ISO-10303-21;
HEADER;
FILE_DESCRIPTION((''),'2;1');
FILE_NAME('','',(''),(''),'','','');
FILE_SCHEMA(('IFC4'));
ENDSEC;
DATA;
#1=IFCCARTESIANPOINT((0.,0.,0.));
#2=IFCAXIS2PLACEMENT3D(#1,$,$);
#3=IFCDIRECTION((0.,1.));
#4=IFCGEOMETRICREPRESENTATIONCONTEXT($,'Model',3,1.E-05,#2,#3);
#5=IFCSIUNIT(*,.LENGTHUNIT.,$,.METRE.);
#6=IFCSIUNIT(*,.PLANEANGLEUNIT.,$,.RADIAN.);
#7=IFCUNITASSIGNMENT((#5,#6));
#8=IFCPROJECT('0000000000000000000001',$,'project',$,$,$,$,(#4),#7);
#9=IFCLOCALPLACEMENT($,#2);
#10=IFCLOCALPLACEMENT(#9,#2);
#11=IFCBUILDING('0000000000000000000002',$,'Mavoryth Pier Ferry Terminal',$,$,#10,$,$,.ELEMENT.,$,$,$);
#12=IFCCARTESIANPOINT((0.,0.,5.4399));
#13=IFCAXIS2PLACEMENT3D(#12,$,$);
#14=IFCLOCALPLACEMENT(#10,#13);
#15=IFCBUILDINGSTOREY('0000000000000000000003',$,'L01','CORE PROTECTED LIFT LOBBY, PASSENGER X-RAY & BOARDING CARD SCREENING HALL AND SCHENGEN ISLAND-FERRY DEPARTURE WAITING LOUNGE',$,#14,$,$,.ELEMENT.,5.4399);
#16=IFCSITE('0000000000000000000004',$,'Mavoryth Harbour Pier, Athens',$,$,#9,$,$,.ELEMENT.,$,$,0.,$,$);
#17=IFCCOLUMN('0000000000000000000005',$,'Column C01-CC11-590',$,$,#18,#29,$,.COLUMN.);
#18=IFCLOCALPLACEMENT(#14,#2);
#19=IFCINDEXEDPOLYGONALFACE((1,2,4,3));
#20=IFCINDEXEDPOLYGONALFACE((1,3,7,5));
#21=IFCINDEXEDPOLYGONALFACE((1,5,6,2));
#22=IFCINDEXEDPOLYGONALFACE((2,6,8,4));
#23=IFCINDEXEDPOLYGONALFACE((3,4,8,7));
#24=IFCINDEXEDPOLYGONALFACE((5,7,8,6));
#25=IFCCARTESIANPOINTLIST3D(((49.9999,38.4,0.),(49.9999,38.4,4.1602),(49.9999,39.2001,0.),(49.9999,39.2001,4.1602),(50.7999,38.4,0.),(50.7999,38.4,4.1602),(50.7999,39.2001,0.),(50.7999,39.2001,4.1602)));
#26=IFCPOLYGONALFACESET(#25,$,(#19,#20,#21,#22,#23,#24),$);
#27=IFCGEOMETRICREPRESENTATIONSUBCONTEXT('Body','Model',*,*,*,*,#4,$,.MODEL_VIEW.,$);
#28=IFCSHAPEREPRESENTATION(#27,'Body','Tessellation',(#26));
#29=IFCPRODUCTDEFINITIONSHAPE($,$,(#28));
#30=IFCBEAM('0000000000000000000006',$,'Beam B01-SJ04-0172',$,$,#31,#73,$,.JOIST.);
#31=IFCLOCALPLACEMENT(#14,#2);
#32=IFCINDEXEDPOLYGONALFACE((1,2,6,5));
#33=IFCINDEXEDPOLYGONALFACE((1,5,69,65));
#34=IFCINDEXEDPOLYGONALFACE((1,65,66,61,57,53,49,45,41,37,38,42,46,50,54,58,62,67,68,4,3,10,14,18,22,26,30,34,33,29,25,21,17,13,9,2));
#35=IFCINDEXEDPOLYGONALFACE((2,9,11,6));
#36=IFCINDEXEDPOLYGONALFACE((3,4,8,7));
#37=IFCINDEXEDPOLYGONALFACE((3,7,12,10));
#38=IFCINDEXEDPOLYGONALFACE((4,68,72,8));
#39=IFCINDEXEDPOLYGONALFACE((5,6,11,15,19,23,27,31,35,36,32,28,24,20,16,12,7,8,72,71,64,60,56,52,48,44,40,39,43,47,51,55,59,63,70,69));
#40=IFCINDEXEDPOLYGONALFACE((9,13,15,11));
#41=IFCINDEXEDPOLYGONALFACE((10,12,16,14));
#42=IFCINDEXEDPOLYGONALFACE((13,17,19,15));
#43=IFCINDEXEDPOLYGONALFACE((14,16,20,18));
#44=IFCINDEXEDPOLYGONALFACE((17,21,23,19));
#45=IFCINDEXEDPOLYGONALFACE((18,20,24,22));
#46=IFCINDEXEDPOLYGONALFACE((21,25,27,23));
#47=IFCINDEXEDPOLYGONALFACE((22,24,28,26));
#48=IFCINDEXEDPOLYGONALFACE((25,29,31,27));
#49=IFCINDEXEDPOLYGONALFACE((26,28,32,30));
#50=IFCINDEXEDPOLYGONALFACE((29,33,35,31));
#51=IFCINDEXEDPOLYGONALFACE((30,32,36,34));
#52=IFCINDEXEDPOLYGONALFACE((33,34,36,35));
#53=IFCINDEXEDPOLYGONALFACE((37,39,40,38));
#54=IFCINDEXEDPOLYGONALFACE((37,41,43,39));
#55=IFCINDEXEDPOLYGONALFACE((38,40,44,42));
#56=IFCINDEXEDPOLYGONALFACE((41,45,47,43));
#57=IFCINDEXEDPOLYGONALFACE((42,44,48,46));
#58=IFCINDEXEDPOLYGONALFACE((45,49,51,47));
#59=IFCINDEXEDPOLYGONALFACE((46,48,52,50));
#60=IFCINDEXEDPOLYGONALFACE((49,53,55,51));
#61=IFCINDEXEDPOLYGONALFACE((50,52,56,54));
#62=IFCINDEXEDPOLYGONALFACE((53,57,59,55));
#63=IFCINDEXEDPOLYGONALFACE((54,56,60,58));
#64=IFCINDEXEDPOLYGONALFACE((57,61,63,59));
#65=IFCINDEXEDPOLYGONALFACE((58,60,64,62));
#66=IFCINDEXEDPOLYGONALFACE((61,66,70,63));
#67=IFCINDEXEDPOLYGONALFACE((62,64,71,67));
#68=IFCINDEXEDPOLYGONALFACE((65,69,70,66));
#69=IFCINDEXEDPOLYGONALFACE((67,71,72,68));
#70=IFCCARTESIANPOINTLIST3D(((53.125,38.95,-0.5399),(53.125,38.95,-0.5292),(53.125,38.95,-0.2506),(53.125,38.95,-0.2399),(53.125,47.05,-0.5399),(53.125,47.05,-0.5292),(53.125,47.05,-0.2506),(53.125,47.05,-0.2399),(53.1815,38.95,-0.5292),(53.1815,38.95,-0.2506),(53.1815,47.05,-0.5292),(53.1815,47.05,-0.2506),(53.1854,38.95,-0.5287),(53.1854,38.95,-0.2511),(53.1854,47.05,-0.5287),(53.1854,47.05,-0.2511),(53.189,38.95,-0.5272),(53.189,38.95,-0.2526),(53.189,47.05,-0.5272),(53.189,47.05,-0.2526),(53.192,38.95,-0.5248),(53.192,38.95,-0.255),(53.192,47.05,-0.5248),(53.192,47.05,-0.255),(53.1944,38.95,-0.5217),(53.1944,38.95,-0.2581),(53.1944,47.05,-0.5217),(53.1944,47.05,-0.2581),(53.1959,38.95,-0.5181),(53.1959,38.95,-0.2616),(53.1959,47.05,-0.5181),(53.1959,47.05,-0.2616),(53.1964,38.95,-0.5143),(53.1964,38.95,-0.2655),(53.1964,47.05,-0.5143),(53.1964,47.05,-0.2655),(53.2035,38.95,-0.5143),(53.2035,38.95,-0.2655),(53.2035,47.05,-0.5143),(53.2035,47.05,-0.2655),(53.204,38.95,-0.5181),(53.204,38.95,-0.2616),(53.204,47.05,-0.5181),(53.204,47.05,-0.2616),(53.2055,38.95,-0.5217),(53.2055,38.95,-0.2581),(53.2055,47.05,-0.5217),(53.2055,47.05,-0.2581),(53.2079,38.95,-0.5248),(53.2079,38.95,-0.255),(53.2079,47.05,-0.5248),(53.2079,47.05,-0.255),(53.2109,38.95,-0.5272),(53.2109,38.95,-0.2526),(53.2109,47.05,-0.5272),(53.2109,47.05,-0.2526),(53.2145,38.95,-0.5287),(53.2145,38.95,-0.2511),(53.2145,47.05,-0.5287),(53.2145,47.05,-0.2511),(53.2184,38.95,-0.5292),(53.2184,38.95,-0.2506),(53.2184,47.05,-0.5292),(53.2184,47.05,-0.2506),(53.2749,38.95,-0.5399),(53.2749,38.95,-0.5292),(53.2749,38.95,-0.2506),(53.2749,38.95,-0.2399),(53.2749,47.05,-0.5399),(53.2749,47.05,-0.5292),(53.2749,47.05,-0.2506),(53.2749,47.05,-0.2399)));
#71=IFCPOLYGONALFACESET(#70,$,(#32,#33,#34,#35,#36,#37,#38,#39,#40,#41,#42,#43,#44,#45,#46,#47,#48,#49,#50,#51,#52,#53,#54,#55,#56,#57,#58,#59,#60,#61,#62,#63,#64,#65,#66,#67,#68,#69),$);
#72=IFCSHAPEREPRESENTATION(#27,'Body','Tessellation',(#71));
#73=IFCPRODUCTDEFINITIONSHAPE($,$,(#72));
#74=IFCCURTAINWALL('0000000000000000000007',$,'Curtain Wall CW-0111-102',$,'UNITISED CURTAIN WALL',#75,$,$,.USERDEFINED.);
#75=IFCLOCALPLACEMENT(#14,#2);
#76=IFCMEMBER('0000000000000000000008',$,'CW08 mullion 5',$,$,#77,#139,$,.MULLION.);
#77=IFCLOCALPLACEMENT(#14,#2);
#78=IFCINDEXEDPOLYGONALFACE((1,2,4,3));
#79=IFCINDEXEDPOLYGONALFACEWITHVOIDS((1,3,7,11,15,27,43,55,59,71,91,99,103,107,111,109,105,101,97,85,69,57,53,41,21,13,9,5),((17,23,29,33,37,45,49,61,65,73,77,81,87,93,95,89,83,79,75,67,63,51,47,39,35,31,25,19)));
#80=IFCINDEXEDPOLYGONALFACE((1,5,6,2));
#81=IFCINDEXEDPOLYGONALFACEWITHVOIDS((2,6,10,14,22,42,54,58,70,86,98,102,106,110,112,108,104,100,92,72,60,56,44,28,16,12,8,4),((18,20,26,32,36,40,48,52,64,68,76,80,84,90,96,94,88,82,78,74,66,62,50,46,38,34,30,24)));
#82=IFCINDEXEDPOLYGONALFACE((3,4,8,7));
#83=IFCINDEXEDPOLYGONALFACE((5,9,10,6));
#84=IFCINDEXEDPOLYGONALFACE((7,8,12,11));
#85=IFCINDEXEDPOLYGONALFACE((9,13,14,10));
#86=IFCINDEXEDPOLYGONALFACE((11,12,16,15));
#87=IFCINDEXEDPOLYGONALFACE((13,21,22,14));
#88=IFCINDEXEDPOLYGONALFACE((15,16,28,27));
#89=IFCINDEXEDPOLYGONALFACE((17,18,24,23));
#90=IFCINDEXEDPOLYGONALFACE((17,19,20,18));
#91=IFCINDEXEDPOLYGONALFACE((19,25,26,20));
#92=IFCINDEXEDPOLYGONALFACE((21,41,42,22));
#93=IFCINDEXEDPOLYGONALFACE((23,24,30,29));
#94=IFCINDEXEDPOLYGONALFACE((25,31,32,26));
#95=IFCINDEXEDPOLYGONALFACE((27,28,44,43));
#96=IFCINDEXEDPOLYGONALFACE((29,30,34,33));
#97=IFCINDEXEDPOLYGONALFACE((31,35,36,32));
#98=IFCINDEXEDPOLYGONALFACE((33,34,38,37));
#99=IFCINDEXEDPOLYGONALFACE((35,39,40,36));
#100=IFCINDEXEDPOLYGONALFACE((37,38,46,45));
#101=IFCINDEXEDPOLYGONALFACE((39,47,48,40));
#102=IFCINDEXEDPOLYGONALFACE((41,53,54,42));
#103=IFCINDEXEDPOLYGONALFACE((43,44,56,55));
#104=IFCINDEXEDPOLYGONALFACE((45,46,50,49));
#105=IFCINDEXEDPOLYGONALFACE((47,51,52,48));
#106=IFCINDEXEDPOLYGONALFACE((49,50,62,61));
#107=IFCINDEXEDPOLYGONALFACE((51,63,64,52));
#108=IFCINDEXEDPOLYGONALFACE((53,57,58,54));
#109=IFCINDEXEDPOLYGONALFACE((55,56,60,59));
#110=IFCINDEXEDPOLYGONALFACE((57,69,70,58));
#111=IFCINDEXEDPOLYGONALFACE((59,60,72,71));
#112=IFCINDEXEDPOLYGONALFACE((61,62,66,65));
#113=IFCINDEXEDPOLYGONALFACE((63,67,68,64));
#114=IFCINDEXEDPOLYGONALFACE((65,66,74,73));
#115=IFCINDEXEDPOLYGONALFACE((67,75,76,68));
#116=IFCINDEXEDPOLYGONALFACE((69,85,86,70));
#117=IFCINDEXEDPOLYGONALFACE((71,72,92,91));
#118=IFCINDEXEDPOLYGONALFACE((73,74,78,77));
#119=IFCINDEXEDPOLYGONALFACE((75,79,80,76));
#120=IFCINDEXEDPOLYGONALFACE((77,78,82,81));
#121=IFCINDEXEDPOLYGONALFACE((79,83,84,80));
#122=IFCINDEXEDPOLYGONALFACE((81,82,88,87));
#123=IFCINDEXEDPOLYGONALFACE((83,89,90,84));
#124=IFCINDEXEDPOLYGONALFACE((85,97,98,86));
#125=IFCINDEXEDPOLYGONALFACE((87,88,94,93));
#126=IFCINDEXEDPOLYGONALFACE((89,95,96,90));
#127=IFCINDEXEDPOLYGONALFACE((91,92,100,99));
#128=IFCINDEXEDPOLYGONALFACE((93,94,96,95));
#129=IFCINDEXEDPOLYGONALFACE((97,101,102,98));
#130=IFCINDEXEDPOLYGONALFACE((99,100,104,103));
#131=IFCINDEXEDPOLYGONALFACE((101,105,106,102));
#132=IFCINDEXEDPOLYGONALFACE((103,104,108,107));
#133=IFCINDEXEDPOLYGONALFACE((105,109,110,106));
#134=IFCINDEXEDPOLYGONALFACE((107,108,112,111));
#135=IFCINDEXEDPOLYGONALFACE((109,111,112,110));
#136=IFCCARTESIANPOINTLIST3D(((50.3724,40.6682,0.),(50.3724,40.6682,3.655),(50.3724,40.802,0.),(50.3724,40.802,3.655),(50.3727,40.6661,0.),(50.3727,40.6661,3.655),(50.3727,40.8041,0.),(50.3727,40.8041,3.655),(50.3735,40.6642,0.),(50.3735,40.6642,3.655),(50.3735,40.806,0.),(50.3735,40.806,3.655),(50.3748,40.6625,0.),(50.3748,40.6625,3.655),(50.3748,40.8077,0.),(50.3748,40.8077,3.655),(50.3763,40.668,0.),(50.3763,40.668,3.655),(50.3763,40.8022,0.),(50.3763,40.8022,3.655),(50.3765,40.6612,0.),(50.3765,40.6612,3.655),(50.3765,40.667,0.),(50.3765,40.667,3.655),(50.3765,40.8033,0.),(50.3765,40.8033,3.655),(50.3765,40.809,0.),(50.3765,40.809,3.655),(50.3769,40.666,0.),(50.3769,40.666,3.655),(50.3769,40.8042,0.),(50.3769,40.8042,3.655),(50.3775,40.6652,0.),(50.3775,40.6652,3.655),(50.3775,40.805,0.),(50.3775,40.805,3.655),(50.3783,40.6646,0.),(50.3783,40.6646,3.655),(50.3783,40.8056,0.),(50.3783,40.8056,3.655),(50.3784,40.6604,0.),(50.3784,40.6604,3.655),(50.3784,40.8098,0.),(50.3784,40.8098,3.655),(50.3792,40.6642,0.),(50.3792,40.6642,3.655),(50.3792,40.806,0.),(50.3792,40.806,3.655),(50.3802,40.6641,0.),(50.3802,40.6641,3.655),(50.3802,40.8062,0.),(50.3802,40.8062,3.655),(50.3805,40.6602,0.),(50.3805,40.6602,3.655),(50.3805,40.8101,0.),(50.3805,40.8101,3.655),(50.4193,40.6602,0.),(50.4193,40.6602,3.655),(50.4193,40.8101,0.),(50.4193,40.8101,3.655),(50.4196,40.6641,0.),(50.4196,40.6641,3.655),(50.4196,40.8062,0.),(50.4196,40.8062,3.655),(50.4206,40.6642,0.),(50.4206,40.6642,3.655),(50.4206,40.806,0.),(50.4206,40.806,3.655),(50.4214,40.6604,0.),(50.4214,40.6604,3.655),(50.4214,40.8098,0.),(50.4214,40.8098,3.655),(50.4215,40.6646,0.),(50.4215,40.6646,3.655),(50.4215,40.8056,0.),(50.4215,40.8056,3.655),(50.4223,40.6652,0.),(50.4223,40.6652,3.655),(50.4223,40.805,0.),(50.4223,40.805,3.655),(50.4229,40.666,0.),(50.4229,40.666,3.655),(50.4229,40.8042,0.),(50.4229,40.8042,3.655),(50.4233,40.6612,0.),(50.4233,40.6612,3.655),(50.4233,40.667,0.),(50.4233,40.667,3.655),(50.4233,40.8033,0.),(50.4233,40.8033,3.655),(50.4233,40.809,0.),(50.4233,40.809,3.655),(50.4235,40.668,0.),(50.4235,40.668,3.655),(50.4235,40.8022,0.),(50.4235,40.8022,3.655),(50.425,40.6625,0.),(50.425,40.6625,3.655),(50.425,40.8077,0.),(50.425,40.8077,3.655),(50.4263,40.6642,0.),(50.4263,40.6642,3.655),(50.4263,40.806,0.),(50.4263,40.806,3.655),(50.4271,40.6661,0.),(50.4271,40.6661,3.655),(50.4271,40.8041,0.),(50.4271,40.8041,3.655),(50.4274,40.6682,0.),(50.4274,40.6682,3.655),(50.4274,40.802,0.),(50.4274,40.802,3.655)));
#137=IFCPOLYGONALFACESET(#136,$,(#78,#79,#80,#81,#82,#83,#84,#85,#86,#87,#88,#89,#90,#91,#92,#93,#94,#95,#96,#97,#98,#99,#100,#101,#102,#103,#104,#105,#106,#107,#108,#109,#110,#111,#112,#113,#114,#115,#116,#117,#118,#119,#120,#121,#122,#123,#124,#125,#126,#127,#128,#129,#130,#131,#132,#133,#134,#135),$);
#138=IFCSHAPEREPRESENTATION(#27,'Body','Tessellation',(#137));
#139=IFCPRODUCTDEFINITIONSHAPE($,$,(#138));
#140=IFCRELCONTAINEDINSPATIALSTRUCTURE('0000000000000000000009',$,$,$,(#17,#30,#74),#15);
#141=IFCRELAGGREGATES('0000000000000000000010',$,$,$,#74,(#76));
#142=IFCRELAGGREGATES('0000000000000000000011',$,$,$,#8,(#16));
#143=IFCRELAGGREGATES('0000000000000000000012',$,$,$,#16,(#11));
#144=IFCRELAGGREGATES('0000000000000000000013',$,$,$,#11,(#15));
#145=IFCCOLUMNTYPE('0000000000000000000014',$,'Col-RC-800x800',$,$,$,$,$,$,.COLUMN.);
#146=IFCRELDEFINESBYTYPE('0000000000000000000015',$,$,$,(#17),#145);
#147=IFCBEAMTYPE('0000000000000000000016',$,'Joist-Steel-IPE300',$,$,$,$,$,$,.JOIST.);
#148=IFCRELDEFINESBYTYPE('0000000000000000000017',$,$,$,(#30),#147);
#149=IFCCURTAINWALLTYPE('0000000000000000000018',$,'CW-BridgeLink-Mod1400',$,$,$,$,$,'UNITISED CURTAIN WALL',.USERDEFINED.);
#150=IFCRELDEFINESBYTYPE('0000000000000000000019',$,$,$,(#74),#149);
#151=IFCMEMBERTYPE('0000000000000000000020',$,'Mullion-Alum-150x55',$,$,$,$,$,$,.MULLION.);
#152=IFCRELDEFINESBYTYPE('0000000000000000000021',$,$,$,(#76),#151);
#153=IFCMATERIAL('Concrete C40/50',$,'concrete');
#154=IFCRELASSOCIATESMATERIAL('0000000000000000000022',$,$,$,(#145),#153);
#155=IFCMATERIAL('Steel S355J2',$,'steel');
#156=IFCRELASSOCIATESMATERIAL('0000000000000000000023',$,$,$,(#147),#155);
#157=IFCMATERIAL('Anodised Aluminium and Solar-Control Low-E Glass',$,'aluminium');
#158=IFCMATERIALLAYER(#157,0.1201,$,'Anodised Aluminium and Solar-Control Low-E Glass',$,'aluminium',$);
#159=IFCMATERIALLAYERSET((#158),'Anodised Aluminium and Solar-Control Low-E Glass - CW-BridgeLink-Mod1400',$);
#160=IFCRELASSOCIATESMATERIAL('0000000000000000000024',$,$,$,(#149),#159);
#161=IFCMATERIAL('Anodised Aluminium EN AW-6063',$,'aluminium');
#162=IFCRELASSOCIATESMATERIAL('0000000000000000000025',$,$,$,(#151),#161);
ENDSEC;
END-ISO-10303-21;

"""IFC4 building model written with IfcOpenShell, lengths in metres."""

from ifc_helpers import new_model, si_unit, direction, frame, origin, origin_2d, place, context, subcontext, project, spatial, rectangle, hollow_rectangle, i_section, extrude, material, layer, layer_set, material_profile, profile_set, type_object, element, aggregate, save


model = new_model("IFC4")

# Units and contexts
model_context = context("Model", 3, precision=1e-05, world=origin(), true_north=direction((0.0, 1.0)))
body_context = subcontext(model_context, "Body", "Model", "MODEL_VIEW")
ifc_project = project(units=[si_unit("LENGTHUNIT", "METRE"), si_unit("PLANEANGLEUNIT", "RADIAN")], contexts=[model_context])

# Site, building, storey
site_placement = place(None, origin())
site = spatial("IfcSite", under=ifc_project, at=site_placement, Name="Mavoryth Harbour Pier, Athens", CompositionType="ELEMENT", RefElevation=0.0)
building_placement = place(site_placement, origin())
building = spatial("IfcBuilding", under=site, at=building_placement, Name="Mavoryth Pier Ferry Terminal", CompositionType="ELEMENT")
storey_placement = place(building_placement, frame((0.0, 0.0, 5.4399)))
storey = spatial("IfcBuildingStorey", under=building, at=storey_placement, Name="L01", Description="CORE PROTECTED LIFT LOBBY, PASSENGER X-RAY & BOARDING CARD SCREENING HALL AND SCHENGEN ISLAND-FERRY DEPARTURE WAITING LOUNGE", CompositionType="ELEMENT", Elevation=5.4399)

# Column
ifc_material_1 = material(Name="Concrete C40/50", Category="concrete")
ifc_material_profile_1 = material_profile(ifc_material_1, rectangle(XDim=0.8, YDim=0.8, at=origin_2d()), Name="RC 800x800", Category="concrete")
ifc_profile_set_1 = profile_set([ifc_material_profile_1], Name="Concrete C40/50 - RC 800x800")
column_type = type_object("IfcColumnType", Name="Col-RC-800x800", PredefinedType="COLUMN", material=ifc_profile_set_1)
column_placement = place(storey_placement, frame((50.3999, 38.8, 0.0), z_axis=(0.0, 0.0, 1.0), x_axis=(1.0, 0.0, 0.0)))
element("IfcColumn", 1, at=column_placement, inside=storey, type_object=column_type, Name="Column C01-CC11-590", PredefinedType="COLUMN", context=body_context, shape_type="SweptSolid", body=[
    extrude(rectangle(XDim=0.8, YDim=0.8, at=origin_2d()), origin(), (0.0, 0.0, 1.0), 4.1602),
])

# Beam
ifc_material_2 = material(Name="Steel S355J2", Category="steel")
ifc_material_profile_2 = material_profile(ifc_material_2, i_section(OverallWidth=0.1499, OverallDepth=0.3, WebThickness=0.0071, FlangeThickness=0.0107, FilletRadius=0.0149, at=origin_2d()), Name="IPE 300", Category="steel")
ifc_profile_set_2 = profile_set([ifc_material_profile_2], Name="Steel S355J2 - IPE 300")
beam_type_1 = type_object("IfcBeamType", Name="Joist-Steel-IPE300", PredefinedType="JOIST", material=ifc_profile_set_2)
beam_1_placement = place(storey_placement, frame((53.2, 38.95, -0.3899), z_axis=(0.0, 1.0, 0.0), x_axis=(-1.0, 0.0, 0.0)))
element("IfcBeam", 2, at=beam_1_placement, inside=storey, type_object=beam_type_1, Name="Beam B01-SJ04-0172", PredefinedType="JOIST", context=body_context, shape_type="SweptSolid", body=[
    extrude(i_section(OverallWidth=0.1499, OverallDepth=0.3, WebThickness=0.0071, FlangeThickness=0.0107, FilletRadius=0.0149, at=origin_2d()), origin(), (0.0, 0.0, 1.0), 8.1001),
])

# Curtain wall, member
ifc_material_3 = material(Name="Anodised Aluminium and Solar-Control Low-E Glass", Category="aluminium")
ifc_layer_1 = layer(ifc_material_3, 0.1201, Name="Anodised Aluminium and Solar-Control Low-E Glass", Category="aluminium")
ifc_layer_set_1 = layer_set([ifc_layer_1], Name="Anodised Aluminium and Solar-Control Low-E Glass - CW-BridgeLink-Mod1400")
curtain_wall_type = type_object("IfcCurtainWallType", Name="CW-BridgeLink-Mod1400", ElementType="UNITISED CURTAIN WALL", PredefinedType="USERDEFINED", material=ifc_layer_set_1)
curtain_wall_placement = place(storey_placement, origin())
curtain_wall = element("IfcCurtainWall", 3, at=curtain_wall_placement, inside=storey, type_object=curtain_wall_type, Name="Curtain Wall CW-0111-102", ObjectType="UNITISED CURTAIN WALL", PredefinedType="USERDEFINED")
ifc_material_4 = material(Name="Anodised Aluminium EN AW-6063", Category="aluminium")
ifc_material_profile_3 = material_profile(ifc_material_4, hollow_rectangle(XDim=0.0549, YDim=0.1499, WallThickness=0.0039, InnerFilletRadius=0.0039, OuterFilletRadius=0.0081, at=origin_2d()), Name="AL-MULL 150x55x4", Category="aluminium")
ifc_profile_set_3 = profile_set([ifc_material_profile_3], Name="Anodised Aluminium EN AW-6063 - AL-MULL 150x55x4")
member_type_1 = type_object("IfcMemberType", Name="Mullion-Alum-150x55", PredefinedType="MULLION", material=ifc_profile_set_3)
member_1_placement = place(storey_placement, frame((50.3999, 40.7351, 0.0), z_axis=(0.0, 0.0, 1.0), x_axis=(1.0, 0.0, 0.0)))
member_1 = element("IfcMember", 4, at=member_1_placement, type_object=member_type_1, Name="CW08 mullion 5", PredefinedType="MULLION", context=body_context, shape_type="SweptSolid", body=[
    extrude(hollow_rectangle(XDim=0.0549, YDim=0.1499, WallThickness=0.0039, InnerFilletRadius=0.0039, OuterFilletRadius=0.0081, at=origin_2d()), origin(), (0.0, 0.0, 1.0), 3.655),
])

aggregate(curtain_wall, [member_1])

save(model, "model.ifc")
